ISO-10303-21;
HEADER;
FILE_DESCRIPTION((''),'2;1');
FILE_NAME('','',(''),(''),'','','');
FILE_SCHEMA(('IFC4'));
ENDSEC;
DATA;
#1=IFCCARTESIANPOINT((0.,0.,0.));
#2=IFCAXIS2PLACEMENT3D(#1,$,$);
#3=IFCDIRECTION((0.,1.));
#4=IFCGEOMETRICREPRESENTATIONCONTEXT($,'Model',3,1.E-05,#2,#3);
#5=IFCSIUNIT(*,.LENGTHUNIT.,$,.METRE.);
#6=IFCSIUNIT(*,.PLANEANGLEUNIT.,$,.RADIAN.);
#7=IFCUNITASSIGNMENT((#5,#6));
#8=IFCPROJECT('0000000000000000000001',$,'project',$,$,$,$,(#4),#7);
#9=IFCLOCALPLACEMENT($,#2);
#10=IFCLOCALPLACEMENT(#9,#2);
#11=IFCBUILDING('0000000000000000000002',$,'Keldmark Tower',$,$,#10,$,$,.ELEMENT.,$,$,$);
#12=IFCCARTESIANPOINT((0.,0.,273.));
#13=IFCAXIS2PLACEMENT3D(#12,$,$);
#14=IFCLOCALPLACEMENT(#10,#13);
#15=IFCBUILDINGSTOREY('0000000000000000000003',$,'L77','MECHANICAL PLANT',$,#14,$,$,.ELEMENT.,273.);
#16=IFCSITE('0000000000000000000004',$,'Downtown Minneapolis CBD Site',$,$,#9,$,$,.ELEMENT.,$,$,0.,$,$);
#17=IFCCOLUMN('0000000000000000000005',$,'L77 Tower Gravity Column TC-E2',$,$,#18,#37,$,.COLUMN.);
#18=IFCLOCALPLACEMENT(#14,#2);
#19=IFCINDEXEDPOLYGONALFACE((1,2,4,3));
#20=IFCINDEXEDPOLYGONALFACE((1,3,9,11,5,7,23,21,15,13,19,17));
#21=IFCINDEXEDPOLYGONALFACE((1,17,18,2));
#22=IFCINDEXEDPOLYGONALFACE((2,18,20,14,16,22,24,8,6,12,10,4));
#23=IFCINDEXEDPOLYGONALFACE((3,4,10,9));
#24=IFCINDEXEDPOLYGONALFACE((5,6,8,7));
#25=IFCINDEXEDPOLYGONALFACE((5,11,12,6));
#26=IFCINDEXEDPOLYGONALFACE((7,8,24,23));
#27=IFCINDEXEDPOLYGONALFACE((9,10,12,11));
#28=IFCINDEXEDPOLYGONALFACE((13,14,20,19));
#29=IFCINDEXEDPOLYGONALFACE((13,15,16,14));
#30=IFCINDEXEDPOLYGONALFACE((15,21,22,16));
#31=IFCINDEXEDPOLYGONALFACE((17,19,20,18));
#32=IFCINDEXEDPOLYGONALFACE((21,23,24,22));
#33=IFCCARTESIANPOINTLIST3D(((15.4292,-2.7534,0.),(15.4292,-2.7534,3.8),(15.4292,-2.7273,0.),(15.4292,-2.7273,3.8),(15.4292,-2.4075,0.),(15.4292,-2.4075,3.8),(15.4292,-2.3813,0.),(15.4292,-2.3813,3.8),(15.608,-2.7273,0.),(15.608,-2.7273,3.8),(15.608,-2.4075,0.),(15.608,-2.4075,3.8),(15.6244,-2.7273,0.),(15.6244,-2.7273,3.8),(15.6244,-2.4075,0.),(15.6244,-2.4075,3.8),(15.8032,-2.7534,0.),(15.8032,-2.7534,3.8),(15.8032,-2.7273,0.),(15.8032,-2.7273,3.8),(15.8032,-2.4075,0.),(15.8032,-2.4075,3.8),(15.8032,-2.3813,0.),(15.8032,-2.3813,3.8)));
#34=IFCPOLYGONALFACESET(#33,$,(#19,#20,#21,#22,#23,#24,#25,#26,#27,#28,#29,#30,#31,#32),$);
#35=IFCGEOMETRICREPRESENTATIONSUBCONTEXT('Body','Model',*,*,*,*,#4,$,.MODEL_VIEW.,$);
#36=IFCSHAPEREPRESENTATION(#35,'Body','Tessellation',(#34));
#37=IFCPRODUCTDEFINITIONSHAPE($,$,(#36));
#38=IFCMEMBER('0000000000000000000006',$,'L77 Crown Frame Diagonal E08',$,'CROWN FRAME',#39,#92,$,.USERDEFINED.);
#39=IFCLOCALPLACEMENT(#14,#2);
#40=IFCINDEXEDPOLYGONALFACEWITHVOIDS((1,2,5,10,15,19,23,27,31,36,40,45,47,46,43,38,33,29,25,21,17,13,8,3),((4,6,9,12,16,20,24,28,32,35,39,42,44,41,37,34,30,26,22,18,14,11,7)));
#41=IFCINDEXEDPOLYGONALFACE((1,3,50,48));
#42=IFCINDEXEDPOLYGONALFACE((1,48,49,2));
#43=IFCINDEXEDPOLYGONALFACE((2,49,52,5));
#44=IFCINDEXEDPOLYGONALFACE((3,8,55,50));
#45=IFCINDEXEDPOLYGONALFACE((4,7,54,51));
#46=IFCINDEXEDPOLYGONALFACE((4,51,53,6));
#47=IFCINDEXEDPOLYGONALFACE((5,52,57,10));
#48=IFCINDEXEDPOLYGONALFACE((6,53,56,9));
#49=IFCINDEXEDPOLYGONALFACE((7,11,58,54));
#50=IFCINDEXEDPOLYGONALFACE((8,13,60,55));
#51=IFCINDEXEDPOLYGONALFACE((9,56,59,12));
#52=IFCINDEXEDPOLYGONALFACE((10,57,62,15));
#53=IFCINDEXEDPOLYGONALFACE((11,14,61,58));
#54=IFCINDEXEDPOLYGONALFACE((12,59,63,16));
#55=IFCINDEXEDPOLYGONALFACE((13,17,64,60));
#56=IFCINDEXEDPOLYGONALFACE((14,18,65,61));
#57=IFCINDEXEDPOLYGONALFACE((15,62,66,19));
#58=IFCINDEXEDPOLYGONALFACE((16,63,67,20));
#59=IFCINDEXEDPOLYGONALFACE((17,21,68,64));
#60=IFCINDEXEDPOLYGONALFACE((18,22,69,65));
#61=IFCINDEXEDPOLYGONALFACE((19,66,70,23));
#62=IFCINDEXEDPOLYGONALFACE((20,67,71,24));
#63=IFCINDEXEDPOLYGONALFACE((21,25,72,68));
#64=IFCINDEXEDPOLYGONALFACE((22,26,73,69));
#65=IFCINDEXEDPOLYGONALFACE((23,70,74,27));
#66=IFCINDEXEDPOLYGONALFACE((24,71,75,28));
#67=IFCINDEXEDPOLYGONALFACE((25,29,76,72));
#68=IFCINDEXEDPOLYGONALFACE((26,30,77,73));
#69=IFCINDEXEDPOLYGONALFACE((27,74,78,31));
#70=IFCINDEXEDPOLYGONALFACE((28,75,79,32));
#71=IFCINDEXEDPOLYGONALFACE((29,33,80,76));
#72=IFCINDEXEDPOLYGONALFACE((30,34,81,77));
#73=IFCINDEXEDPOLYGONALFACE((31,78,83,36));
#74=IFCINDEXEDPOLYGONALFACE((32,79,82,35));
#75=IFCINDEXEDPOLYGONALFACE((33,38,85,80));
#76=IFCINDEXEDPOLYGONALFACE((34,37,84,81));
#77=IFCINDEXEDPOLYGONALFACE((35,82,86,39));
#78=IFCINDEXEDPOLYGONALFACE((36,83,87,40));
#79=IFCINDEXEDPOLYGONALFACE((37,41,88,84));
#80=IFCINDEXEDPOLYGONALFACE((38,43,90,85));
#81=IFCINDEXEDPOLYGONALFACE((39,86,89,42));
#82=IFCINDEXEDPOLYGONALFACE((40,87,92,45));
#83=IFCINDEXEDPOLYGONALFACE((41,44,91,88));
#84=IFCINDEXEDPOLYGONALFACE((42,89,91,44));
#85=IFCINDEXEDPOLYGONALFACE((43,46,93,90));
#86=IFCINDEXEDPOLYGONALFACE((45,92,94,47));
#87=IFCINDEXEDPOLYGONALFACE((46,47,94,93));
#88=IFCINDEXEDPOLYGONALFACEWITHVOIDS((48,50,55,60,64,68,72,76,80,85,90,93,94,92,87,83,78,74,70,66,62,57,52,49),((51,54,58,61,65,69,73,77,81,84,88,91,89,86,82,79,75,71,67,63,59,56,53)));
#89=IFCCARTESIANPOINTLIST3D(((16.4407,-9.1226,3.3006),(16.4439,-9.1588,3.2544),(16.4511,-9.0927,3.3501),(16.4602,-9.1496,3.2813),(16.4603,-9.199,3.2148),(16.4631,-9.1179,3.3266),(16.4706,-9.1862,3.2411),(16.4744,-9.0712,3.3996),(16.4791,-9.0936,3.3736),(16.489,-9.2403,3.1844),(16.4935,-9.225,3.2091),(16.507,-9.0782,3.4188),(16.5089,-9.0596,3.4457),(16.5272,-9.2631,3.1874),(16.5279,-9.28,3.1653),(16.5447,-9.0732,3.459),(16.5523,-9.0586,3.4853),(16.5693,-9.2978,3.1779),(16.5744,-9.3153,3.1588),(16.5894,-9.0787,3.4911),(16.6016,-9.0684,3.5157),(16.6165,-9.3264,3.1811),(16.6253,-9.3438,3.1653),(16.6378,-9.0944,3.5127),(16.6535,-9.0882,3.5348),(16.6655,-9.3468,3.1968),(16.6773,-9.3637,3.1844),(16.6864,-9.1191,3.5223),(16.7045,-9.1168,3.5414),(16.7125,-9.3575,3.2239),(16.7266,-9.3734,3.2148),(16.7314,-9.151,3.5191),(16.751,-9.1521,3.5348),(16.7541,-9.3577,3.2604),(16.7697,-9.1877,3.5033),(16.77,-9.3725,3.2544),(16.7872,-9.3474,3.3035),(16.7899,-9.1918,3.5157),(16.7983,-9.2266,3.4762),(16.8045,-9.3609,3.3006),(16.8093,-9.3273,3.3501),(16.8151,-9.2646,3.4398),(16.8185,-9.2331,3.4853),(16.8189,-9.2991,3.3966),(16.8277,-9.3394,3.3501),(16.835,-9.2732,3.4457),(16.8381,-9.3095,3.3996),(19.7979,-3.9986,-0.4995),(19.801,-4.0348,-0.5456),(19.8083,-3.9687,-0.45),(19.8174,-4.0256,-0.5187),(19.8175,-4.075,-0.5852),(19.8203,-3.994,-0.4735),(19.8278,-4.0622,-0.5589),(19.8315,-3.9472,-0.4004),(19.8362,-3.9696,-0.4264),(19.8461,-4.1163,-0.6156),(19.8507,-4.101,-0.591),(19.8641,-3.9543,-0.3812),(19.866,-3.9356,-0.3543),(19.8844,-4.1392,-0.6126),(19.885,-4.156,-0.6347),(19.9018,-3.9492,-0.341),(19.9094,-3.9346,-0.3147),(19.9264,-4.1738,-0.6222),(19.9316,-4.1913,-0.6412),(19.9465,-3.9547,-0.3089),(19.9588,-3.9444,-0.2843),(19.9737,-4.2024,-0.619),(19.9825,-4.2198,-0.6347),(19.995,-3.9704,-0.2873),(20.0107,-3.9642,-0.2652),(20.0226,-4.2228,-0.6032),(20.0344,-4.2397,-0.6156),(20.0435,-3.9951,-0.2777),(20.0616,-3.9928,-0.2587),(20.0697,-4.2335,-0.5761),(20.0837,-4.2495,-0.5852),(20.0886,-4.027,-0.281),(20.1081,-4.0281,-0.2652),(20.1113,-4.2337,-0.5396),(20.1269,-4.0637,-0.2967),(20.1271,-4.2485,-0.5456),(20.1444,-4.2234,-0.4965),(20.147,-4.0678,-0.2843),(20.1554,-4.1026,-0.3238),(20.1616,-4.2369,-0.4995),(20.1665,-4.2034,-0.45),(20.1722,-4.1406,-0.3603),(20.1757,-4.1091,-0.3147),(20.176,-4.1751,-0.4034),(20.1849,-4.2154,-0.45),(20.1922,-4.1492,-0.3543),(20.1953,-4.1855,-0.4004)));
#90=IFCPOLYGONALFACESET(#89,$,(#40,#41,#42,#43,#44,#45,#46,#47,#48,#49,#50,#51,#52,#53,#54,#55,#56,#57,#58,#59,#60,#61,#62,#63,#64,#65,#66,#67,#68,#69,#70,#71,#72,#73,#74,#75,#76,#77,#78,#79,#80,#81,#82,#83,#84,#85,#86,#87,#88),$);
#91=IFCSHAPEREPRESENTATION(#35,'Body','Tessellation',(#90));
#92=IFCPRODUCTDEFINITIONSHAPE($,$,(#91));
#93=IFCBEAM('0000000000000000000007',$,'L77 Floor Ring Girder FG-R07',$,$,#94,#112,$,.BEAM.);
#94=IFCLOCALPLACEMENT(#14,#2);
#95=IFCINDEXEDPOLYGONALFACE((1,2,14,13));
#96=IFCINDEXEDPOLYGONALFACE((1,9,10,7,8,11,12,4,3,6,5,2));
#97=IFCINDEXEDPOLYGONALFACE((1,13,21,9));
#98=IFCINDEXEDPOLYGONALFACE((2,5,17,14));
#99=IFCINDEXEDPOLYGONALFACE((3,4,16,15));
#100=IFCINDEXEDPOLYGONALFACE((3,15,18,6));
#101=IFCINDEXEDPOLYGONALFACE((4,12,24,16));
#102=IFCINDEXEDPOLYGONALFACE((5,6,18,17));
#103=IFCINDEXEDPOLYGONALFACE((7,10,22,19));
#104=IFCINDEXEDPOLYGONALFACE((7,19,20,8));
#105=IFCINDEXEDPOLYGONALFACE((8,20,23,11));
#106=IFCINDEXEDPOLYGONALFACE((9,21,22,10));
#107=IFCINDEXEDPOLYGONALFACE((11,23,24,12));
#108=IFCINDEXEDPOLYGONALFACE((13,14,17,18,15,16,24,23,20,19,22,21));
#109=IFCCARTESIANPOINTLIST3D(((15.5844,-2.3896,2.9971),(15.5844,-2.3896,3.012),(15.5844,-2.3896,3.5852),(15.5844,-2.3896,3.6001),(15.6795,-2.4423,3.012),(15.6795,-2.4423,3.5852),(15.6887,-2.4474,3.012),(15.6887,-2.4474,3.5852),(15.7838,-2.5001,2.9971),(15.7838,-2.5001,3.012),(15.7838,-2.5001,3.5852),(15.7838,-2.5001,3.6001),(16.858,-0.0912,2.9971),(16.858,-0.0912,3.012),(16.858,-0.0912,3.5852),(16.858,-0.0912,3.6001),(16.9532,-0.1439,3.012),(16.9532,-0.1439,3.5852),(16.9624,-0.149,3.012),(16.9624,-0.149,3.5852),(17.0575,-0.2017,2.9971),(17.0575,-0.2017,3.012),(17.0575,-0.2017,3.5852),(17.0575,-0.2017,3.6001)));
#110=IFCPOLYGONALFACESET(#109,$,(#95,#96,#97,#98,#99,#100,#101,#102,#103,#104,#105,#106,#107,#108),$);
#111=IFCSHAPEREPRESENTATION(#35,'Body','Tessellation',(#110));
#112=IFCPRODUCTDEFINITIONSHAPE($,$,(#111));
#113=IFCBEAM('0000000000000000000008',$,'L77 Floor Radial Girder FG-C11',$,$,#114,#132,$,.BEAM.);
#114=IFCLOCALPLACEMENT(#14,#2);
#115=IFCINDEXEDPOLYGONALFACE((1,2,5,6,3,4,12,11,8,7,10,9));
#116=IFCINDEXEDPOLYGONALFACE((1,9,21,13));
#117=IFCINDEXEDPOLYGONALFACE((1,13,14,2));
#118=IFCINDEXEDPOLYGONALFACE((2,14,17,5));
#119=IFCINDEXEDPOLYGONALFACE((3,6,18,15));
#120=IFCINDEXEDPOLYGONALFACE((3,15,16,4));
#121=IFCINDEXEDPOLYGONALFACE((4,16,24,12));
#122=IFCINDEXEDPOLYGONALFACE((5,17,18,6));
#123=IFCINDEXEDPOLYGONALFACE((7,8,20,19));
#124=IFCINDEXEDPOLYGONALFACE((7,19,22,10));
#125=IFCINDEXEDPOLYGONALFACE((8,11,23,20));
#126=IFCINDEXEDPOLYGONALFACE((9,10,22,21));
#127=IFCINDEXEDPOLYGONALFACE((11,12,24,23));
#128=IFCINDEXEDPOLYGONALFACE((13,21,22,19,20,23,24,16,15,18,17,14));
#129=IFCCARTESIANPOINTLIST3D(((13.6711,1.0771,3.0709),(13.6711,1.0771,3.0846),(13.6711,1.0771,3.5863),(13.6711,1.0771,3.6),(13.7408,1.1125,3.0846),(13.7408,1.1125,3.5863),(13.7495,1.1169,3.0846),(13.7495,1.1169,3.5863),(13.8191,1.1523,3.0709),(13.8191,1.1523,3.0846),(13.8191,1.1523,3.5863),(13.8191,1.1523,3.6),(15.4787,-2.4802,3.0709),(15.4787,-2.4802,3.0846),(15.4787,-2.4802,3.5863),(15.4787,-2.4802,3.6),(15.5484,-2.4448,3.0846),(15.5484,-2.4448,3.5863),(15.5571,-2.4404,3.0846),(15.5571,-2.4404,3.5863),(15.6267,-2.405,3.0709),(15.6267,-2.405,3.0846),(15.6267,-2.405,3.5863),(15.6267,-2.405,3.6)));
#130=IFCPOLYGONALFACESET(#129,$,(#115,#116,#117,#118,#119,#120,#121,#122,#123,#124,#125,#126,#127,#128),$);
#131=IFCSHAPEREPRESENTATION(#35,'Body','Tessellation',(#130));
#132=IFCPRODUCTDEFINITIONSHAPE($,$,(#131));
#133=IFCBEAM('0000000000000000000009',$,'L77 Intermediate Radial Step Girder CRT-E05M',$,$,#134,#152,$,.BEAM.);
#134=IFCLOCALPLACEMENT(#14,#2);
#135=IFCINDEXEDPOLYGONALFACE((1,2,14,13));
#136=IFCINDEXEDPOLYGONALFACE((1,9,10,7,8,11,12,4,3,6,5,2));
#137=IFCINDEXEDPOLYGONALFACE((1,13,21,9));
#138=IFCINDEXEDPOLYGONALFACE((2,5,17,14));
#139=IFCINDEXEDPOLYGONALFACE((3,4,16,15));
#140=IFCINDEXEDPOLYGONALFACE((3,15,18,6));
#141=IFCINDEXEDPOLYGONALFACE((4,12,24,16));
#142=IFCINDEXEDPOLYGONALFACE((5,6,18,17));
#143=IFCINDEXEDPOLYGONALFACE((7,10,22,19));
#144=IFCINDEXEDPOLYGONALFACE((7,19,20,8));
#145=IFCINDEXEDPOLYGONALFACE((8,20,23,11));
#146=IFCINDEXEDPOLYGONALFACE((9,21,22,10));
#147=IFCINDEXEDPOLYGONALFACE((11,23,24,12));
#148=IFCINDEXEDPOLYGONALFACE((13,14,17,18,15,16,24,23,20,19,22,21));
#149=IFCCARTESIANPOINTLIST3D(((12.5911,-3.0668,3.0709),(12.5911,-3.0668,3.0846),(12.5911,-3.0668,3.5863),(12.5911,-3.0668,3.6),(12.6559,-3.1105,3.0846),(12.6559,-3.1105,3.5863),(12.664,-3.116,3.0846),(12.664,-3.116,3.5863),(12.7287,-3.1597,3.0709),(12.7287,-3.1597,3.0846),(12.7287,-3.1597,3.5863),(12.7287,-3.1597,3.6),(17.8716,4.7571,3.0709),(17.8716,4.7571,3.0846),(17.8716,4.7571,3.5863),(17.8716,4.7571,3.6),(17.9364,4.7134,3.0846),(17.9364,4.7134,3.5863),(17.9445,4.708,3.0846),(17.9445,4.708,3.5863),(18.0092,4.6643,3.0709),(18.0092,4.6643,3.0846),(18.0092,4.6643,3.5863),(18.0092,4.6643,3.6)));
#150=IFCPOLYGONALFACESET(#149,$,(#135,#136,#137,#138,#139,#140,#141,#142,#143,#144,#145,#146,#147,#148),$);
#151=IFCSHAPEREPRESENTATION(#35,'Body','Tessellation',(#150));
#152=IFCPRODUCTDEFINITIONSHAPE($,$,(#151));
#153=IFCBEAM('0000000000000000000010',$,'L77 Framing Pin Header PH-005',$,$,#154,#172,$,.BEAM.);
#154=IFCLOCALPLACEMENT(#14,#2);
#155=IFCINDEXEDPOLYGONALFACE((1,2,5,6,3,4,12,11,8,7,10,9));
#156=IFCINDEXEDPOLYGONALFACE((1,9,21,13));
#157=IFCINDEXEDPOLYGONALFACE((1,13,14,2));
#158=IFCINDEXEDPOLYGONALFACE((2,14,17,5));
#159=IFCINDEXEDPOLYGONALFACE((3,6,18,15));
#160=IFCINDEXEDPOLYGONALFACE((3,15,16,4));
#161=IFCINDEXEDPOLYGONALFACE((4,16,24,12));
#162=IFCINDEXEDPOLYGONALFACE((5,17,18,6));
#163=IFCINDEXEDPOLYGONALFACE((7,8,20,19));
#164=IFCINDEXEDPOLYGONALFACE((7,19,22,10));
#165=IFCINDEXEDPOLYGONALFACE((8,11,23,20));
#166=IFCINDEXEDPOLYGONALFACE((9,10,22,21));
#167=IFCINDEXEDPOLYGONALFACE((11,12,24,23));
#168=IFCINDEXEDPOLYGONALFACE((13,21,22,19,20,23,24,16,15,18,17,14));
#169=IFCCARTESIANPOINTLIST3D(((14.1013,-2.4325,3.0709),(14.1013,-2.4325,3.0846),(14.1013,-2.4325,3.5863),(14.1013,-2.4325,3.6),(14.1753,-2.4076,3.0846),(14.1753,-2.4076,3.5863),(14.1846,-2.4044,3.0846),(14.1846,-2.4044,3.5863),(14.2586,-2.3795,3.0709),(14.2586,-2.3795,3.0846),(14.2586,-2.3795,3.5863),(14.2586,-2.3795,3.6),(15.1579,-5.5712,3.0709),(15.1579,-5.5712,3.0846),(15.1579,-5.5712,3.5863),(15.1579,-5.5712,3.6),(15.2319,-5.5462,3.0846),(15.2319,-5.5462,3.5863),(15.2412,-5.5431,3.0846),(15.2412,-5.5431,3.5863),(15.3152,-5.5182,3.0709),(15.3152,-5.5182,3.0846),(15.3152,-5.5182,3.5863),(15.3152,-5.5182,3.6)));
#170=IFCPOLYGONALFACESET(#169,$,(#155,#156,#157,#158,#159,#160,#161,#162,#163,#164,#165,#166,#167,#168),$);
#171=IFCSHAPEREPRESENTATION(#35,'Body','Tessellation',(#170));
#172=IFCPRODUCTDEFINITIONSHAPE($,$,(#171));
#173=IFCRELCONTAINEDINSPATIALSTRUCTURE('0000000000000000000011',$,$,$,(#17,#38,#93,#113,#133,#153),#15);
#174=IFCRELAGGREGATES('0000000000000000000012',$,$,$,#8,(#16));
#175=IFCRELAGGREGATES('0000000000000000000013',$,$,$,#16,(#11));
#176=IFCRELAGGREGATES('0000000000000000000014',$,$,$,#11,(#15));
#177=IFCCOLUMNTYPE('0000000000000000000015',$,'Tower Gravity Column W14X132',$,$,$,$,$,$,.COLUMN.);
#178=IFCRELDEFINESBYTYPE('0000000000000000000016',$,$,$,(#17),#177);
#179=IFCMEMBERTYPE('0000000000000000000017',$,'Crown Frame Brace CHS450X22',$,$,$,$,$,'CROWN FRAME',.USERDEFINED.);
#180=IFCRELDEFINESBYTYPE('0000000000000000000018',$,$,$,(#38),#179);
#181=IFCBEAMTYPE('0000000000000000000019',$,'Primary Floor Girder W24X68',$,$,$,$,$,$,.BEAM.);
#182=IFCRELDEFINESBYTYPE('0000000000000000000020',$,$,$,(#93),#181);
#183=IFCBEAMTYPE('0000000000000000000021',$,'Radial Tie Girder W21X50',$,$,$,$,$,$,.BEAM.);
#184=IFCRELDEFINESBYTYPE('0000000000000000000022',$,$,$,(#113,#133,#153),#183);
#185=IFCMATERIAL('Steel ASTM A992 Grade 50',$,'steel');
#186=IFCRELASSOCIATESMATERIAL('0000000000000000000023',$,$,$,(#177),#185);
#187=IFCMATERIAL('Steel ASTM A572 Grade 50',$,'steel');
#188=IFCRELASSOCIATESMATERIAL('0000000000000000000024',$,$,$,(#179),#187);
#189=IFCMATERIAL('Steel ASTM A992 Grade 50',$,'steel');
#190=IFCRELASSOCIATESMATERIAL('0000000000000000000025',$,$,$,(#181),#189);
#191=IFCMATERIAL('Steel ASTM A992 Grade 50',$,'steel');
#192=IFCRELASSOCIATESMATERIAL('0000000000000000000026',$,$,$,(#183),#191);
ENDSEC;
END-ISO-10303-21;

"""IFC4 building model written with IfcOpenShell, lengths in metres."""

from ifc_helpers import new_model, si_unit, direction, frame, origin, origin_2d, place, context, subcontext, project, spatial, hollow_circle, i_section, extrude, material, material_profile, profile_set, type_object, element, save


model = new_model("IFC4")

# Units and contexts
model_context = context("Model", 3, precision=1e-05, world=origin(), true_north=direction((0.0, 1.0)))
body_context = subcontext(model_context, "Body", "Model", "MODEL_VIEW")
ifc_project = project(units=[si_unit("LENGTHUNIT", "METRE"), si_unit("PLANEANGLEUNIT", "RADIAN")], contexts=[model_context])

# Site, building, storey
site_placement = place(None, origin())
site = spatial("IfcSite", under=ifc_project, at=site_placement, Name="Downtown Minneapolis CBD Site", CompositionType="ELEMENT", RefElevation=0.0)
building_placement = place(site_placement, origin())
building = spatial("IfcBuilding", under=site, at=building_placement, Name="Keldmark Tower", CompositionType="ELEMENT")
storey_placement = place(building_placement, frame((0.0, 0.0, 273.0)))
storey = spatial("IfcBuildingStorey", under=building, at=storey_placement, Name="L77", Description="MECHANICAL PLANT", CompositionType="ELEMENT", Elevation=273.0)

# Column
ifc_material_1 = material(Name="Steel ASTM A992 Grade 50", Category="steel")
ifc_material_profile_1 = material_profile(ifc_material_1, i_section(OverallWidth=0.374, OverallDepth=0.3721, WebThickness=0.0164, FlangeThickness=0.0261, at=origin_2d()), Name="W14X132")
ifc_profile_set_1 = profile_set([ifc_material_profile_1], Name="Steel ASTM A992 Grade 50")
column_type = type_object("IfcColumnType", Name="Tower Gravity Column W14X132", PredefinedType="COLUMN", material=ifc_profile_set_1)
column_placement = place(storey_placement, frame((15.6162, -2.5674, 0.0), z_axis=(0.0, 0.0, 1.0), x_axis=(1.0, 0.0, 0.0)))
element("IfcColumn", 1, at=column_placement, inside=storey, type_object=column_type, Name="L77 Tower Gravity Column TC-E2", PredefinedType="COLUMN", context=body_context, shape_type="SweptSolid", body=[
    extrude(i_section(OverallWidth=0.374, OverallDepth=0.3721, WebThickness=0.0164, FlangeThickness=0.0261, at=origin_2d()), origin(), (0.0, 0.0, 1.0), 3.8),
])

# Member
ifc_material_2 = material(Name="Steel ASTM A572 Grade 50", Category="steel")
ifc_material_profile_2 = material_profile(ifc_material_2, hollow_circle(Radius=0.2251, WallThickness=0.022, at=origin_2d()), Name="CHS450X22")
ifc_profile_set_2 = profile_set([ifc_material_profile_2], Name="Steel ASTM A572 Grade 50")
member_type = type_object("IfcMemberType", Name="Crown Frame Brace CHS450X22", ElementType="CROWN FRAME", PredefinedType="USERDEFINED", material=ifc_profile_set_2)
member_placement = place(storey_placement, frame((19.9966, -4.092, -0.45), z_axis=(-0.465706, -0.710802, 0.527141), x_axis=(0.836457, -0.548033, 0.0)))
element("IfcMember", 2, at=member_placement, inside=storey, type_object=member_type, Name="L77 Crown Frame Diagonal E08", ObjectType="CROWN FRAME", PredefinedType="USERDEFINED", context=body_context, shape_type="SweptSolid", body=[
    extrude(hollow_circle(Radius=0.2251, WallThickness=0.022, at=origin_2d()), origin(), (0.0, 0.0, 1.0), 7.2087),
])

# Beams
ifc_material_3 = material(Name="Steel ASTM A992 Grade 50", Category="steel")
ifc_material_profile_3 = material_profile(ifc_material_3, i_section(OverallWidth=0.228, OverallDepth=0.603, WebThickness=0.0105, FlangeThickness=0.0149, at=origin_2d()), Name="W24X68")
ifc_profile_set_3 = profile_set([ifc_material_profile_3], Name="Steel ASTM A992 Grade 50")
beam_type_1 = type_object("IfcBeamType", Name="Primary Floor Girder W24X68", PredefinedType="BEAM", material=ifc_profile_set_3)
beam_1_placement = place(storey_placement, frame((15.6841, -2.4448, 3.2986), z_axis=(0.48472, 0.87467, 0.0), x_axis=(-0.87467, 0.48472, 0.0)))
element("IfcBeam", 3, at=beam_1_placement, inside=storey, type_object=beam_type_1, Name="L77 Floor Ring Girder FG-R07", PredefinedType="BEAM", context=body_context, shape_type="SweptSolid", body=[
    extrude(i_section(OverallWidth=0.228, OverallDepth=0.603, WebThickness=0.0105, FlangeThickness=0.0149, at=origin_2d()), origin(), (0.0, 0.0, 1.0), 2.6277),
])
ifc_material_4 = material(Name="Steel ASTM A992 Grade 50", Category="steel")
ifc_material_profile_4 = material_profile(ifc_material_4, i_section(OverallWidth=0.166, OverallDepth=0.5291, WebThickness=0.0098, FlangeThickness=0.0137, at=origin_2d()), Name="W21X50")
ifc_profile_set_4 = profile_set([ifc_material_profile_4], Name="Steel ASTM A992 Grade 50")
beam_type_2 = type_object("IfcBeamType", Name="Radial Tie Girder W21X50", PredefinedType="BEAM", material=ifc_profile_set_4)
beam_2_placement = place(storey_placement, frame((15.5527, -2.4426, 3.3354), z_axis=(-0.453004, 0.891508, 0.0), x_axis=(-0.891508, -0.453004, 0.0)))
element("IfcBeam", 4, at=beam_2_placement, inside=storey, type_object=beam_type_2, Name="L77 Floor Radial Girder FG-C11", PredefinedType="BEAM", context=body_context, shape_type="SweptSolid", body=[
    extrude(i_section(OverallWidth=0.166, OverallDepth=0.5291, WebThickness=0.0098, FlangeThickness=0.0137, at=origin_2d()), origin(), (0.0, 0.0, 1.0), 3.9902),
])
beam_3_placement = place(storey_placement, frame((12.6599, -3.1133, 3.3354), z_axis=(0.559424, 0.828881, 0.0), x_axis=(-0.828881, 0.559424, 0.0)))
element("IfcBeam", 5, at=beam_3_placement, inside=storey, type_object=beam_type_2, Name="L77 Intermediate Radial Step Girder CRT-E05M", PredefinedType="BEAM", context=body_context, shape_type="SweptSolid", body=[
    extrude(i_section(OverallWidth=0.166, OverallDepth=0.5291, WebThickness=0.0098, FlangeThickness=0.0137, at=origin_2d()), origin(), (0.0, 0.0, 1.0), 9.4392),
])
beam_4_placement = place(storey_placement, frame((14.1799, -2.406, 3.3354), z_axis=(0.319057, -0.947735, 0.0), x_axis=(0.947735, 0.319057, 0.0)))
element("IfcBeam", 6, at=beam_4_placement, inside=storey, type_object=beam_type_2, Name="L77 Framing Pin Header PH-005", PredefinedType="BEAM", context=body_context, shape_type="SweptSolid", body=[
    extrude(i_section(OverallWidth=0.166, OverallDepth=0.5291, WebThickness=0.0098, FlangeThickness=0.0137, at=origin_2d()), origin(), (0.0, 0.0, 1.0), 3.3118),
])

save(model, "model.ifc")
